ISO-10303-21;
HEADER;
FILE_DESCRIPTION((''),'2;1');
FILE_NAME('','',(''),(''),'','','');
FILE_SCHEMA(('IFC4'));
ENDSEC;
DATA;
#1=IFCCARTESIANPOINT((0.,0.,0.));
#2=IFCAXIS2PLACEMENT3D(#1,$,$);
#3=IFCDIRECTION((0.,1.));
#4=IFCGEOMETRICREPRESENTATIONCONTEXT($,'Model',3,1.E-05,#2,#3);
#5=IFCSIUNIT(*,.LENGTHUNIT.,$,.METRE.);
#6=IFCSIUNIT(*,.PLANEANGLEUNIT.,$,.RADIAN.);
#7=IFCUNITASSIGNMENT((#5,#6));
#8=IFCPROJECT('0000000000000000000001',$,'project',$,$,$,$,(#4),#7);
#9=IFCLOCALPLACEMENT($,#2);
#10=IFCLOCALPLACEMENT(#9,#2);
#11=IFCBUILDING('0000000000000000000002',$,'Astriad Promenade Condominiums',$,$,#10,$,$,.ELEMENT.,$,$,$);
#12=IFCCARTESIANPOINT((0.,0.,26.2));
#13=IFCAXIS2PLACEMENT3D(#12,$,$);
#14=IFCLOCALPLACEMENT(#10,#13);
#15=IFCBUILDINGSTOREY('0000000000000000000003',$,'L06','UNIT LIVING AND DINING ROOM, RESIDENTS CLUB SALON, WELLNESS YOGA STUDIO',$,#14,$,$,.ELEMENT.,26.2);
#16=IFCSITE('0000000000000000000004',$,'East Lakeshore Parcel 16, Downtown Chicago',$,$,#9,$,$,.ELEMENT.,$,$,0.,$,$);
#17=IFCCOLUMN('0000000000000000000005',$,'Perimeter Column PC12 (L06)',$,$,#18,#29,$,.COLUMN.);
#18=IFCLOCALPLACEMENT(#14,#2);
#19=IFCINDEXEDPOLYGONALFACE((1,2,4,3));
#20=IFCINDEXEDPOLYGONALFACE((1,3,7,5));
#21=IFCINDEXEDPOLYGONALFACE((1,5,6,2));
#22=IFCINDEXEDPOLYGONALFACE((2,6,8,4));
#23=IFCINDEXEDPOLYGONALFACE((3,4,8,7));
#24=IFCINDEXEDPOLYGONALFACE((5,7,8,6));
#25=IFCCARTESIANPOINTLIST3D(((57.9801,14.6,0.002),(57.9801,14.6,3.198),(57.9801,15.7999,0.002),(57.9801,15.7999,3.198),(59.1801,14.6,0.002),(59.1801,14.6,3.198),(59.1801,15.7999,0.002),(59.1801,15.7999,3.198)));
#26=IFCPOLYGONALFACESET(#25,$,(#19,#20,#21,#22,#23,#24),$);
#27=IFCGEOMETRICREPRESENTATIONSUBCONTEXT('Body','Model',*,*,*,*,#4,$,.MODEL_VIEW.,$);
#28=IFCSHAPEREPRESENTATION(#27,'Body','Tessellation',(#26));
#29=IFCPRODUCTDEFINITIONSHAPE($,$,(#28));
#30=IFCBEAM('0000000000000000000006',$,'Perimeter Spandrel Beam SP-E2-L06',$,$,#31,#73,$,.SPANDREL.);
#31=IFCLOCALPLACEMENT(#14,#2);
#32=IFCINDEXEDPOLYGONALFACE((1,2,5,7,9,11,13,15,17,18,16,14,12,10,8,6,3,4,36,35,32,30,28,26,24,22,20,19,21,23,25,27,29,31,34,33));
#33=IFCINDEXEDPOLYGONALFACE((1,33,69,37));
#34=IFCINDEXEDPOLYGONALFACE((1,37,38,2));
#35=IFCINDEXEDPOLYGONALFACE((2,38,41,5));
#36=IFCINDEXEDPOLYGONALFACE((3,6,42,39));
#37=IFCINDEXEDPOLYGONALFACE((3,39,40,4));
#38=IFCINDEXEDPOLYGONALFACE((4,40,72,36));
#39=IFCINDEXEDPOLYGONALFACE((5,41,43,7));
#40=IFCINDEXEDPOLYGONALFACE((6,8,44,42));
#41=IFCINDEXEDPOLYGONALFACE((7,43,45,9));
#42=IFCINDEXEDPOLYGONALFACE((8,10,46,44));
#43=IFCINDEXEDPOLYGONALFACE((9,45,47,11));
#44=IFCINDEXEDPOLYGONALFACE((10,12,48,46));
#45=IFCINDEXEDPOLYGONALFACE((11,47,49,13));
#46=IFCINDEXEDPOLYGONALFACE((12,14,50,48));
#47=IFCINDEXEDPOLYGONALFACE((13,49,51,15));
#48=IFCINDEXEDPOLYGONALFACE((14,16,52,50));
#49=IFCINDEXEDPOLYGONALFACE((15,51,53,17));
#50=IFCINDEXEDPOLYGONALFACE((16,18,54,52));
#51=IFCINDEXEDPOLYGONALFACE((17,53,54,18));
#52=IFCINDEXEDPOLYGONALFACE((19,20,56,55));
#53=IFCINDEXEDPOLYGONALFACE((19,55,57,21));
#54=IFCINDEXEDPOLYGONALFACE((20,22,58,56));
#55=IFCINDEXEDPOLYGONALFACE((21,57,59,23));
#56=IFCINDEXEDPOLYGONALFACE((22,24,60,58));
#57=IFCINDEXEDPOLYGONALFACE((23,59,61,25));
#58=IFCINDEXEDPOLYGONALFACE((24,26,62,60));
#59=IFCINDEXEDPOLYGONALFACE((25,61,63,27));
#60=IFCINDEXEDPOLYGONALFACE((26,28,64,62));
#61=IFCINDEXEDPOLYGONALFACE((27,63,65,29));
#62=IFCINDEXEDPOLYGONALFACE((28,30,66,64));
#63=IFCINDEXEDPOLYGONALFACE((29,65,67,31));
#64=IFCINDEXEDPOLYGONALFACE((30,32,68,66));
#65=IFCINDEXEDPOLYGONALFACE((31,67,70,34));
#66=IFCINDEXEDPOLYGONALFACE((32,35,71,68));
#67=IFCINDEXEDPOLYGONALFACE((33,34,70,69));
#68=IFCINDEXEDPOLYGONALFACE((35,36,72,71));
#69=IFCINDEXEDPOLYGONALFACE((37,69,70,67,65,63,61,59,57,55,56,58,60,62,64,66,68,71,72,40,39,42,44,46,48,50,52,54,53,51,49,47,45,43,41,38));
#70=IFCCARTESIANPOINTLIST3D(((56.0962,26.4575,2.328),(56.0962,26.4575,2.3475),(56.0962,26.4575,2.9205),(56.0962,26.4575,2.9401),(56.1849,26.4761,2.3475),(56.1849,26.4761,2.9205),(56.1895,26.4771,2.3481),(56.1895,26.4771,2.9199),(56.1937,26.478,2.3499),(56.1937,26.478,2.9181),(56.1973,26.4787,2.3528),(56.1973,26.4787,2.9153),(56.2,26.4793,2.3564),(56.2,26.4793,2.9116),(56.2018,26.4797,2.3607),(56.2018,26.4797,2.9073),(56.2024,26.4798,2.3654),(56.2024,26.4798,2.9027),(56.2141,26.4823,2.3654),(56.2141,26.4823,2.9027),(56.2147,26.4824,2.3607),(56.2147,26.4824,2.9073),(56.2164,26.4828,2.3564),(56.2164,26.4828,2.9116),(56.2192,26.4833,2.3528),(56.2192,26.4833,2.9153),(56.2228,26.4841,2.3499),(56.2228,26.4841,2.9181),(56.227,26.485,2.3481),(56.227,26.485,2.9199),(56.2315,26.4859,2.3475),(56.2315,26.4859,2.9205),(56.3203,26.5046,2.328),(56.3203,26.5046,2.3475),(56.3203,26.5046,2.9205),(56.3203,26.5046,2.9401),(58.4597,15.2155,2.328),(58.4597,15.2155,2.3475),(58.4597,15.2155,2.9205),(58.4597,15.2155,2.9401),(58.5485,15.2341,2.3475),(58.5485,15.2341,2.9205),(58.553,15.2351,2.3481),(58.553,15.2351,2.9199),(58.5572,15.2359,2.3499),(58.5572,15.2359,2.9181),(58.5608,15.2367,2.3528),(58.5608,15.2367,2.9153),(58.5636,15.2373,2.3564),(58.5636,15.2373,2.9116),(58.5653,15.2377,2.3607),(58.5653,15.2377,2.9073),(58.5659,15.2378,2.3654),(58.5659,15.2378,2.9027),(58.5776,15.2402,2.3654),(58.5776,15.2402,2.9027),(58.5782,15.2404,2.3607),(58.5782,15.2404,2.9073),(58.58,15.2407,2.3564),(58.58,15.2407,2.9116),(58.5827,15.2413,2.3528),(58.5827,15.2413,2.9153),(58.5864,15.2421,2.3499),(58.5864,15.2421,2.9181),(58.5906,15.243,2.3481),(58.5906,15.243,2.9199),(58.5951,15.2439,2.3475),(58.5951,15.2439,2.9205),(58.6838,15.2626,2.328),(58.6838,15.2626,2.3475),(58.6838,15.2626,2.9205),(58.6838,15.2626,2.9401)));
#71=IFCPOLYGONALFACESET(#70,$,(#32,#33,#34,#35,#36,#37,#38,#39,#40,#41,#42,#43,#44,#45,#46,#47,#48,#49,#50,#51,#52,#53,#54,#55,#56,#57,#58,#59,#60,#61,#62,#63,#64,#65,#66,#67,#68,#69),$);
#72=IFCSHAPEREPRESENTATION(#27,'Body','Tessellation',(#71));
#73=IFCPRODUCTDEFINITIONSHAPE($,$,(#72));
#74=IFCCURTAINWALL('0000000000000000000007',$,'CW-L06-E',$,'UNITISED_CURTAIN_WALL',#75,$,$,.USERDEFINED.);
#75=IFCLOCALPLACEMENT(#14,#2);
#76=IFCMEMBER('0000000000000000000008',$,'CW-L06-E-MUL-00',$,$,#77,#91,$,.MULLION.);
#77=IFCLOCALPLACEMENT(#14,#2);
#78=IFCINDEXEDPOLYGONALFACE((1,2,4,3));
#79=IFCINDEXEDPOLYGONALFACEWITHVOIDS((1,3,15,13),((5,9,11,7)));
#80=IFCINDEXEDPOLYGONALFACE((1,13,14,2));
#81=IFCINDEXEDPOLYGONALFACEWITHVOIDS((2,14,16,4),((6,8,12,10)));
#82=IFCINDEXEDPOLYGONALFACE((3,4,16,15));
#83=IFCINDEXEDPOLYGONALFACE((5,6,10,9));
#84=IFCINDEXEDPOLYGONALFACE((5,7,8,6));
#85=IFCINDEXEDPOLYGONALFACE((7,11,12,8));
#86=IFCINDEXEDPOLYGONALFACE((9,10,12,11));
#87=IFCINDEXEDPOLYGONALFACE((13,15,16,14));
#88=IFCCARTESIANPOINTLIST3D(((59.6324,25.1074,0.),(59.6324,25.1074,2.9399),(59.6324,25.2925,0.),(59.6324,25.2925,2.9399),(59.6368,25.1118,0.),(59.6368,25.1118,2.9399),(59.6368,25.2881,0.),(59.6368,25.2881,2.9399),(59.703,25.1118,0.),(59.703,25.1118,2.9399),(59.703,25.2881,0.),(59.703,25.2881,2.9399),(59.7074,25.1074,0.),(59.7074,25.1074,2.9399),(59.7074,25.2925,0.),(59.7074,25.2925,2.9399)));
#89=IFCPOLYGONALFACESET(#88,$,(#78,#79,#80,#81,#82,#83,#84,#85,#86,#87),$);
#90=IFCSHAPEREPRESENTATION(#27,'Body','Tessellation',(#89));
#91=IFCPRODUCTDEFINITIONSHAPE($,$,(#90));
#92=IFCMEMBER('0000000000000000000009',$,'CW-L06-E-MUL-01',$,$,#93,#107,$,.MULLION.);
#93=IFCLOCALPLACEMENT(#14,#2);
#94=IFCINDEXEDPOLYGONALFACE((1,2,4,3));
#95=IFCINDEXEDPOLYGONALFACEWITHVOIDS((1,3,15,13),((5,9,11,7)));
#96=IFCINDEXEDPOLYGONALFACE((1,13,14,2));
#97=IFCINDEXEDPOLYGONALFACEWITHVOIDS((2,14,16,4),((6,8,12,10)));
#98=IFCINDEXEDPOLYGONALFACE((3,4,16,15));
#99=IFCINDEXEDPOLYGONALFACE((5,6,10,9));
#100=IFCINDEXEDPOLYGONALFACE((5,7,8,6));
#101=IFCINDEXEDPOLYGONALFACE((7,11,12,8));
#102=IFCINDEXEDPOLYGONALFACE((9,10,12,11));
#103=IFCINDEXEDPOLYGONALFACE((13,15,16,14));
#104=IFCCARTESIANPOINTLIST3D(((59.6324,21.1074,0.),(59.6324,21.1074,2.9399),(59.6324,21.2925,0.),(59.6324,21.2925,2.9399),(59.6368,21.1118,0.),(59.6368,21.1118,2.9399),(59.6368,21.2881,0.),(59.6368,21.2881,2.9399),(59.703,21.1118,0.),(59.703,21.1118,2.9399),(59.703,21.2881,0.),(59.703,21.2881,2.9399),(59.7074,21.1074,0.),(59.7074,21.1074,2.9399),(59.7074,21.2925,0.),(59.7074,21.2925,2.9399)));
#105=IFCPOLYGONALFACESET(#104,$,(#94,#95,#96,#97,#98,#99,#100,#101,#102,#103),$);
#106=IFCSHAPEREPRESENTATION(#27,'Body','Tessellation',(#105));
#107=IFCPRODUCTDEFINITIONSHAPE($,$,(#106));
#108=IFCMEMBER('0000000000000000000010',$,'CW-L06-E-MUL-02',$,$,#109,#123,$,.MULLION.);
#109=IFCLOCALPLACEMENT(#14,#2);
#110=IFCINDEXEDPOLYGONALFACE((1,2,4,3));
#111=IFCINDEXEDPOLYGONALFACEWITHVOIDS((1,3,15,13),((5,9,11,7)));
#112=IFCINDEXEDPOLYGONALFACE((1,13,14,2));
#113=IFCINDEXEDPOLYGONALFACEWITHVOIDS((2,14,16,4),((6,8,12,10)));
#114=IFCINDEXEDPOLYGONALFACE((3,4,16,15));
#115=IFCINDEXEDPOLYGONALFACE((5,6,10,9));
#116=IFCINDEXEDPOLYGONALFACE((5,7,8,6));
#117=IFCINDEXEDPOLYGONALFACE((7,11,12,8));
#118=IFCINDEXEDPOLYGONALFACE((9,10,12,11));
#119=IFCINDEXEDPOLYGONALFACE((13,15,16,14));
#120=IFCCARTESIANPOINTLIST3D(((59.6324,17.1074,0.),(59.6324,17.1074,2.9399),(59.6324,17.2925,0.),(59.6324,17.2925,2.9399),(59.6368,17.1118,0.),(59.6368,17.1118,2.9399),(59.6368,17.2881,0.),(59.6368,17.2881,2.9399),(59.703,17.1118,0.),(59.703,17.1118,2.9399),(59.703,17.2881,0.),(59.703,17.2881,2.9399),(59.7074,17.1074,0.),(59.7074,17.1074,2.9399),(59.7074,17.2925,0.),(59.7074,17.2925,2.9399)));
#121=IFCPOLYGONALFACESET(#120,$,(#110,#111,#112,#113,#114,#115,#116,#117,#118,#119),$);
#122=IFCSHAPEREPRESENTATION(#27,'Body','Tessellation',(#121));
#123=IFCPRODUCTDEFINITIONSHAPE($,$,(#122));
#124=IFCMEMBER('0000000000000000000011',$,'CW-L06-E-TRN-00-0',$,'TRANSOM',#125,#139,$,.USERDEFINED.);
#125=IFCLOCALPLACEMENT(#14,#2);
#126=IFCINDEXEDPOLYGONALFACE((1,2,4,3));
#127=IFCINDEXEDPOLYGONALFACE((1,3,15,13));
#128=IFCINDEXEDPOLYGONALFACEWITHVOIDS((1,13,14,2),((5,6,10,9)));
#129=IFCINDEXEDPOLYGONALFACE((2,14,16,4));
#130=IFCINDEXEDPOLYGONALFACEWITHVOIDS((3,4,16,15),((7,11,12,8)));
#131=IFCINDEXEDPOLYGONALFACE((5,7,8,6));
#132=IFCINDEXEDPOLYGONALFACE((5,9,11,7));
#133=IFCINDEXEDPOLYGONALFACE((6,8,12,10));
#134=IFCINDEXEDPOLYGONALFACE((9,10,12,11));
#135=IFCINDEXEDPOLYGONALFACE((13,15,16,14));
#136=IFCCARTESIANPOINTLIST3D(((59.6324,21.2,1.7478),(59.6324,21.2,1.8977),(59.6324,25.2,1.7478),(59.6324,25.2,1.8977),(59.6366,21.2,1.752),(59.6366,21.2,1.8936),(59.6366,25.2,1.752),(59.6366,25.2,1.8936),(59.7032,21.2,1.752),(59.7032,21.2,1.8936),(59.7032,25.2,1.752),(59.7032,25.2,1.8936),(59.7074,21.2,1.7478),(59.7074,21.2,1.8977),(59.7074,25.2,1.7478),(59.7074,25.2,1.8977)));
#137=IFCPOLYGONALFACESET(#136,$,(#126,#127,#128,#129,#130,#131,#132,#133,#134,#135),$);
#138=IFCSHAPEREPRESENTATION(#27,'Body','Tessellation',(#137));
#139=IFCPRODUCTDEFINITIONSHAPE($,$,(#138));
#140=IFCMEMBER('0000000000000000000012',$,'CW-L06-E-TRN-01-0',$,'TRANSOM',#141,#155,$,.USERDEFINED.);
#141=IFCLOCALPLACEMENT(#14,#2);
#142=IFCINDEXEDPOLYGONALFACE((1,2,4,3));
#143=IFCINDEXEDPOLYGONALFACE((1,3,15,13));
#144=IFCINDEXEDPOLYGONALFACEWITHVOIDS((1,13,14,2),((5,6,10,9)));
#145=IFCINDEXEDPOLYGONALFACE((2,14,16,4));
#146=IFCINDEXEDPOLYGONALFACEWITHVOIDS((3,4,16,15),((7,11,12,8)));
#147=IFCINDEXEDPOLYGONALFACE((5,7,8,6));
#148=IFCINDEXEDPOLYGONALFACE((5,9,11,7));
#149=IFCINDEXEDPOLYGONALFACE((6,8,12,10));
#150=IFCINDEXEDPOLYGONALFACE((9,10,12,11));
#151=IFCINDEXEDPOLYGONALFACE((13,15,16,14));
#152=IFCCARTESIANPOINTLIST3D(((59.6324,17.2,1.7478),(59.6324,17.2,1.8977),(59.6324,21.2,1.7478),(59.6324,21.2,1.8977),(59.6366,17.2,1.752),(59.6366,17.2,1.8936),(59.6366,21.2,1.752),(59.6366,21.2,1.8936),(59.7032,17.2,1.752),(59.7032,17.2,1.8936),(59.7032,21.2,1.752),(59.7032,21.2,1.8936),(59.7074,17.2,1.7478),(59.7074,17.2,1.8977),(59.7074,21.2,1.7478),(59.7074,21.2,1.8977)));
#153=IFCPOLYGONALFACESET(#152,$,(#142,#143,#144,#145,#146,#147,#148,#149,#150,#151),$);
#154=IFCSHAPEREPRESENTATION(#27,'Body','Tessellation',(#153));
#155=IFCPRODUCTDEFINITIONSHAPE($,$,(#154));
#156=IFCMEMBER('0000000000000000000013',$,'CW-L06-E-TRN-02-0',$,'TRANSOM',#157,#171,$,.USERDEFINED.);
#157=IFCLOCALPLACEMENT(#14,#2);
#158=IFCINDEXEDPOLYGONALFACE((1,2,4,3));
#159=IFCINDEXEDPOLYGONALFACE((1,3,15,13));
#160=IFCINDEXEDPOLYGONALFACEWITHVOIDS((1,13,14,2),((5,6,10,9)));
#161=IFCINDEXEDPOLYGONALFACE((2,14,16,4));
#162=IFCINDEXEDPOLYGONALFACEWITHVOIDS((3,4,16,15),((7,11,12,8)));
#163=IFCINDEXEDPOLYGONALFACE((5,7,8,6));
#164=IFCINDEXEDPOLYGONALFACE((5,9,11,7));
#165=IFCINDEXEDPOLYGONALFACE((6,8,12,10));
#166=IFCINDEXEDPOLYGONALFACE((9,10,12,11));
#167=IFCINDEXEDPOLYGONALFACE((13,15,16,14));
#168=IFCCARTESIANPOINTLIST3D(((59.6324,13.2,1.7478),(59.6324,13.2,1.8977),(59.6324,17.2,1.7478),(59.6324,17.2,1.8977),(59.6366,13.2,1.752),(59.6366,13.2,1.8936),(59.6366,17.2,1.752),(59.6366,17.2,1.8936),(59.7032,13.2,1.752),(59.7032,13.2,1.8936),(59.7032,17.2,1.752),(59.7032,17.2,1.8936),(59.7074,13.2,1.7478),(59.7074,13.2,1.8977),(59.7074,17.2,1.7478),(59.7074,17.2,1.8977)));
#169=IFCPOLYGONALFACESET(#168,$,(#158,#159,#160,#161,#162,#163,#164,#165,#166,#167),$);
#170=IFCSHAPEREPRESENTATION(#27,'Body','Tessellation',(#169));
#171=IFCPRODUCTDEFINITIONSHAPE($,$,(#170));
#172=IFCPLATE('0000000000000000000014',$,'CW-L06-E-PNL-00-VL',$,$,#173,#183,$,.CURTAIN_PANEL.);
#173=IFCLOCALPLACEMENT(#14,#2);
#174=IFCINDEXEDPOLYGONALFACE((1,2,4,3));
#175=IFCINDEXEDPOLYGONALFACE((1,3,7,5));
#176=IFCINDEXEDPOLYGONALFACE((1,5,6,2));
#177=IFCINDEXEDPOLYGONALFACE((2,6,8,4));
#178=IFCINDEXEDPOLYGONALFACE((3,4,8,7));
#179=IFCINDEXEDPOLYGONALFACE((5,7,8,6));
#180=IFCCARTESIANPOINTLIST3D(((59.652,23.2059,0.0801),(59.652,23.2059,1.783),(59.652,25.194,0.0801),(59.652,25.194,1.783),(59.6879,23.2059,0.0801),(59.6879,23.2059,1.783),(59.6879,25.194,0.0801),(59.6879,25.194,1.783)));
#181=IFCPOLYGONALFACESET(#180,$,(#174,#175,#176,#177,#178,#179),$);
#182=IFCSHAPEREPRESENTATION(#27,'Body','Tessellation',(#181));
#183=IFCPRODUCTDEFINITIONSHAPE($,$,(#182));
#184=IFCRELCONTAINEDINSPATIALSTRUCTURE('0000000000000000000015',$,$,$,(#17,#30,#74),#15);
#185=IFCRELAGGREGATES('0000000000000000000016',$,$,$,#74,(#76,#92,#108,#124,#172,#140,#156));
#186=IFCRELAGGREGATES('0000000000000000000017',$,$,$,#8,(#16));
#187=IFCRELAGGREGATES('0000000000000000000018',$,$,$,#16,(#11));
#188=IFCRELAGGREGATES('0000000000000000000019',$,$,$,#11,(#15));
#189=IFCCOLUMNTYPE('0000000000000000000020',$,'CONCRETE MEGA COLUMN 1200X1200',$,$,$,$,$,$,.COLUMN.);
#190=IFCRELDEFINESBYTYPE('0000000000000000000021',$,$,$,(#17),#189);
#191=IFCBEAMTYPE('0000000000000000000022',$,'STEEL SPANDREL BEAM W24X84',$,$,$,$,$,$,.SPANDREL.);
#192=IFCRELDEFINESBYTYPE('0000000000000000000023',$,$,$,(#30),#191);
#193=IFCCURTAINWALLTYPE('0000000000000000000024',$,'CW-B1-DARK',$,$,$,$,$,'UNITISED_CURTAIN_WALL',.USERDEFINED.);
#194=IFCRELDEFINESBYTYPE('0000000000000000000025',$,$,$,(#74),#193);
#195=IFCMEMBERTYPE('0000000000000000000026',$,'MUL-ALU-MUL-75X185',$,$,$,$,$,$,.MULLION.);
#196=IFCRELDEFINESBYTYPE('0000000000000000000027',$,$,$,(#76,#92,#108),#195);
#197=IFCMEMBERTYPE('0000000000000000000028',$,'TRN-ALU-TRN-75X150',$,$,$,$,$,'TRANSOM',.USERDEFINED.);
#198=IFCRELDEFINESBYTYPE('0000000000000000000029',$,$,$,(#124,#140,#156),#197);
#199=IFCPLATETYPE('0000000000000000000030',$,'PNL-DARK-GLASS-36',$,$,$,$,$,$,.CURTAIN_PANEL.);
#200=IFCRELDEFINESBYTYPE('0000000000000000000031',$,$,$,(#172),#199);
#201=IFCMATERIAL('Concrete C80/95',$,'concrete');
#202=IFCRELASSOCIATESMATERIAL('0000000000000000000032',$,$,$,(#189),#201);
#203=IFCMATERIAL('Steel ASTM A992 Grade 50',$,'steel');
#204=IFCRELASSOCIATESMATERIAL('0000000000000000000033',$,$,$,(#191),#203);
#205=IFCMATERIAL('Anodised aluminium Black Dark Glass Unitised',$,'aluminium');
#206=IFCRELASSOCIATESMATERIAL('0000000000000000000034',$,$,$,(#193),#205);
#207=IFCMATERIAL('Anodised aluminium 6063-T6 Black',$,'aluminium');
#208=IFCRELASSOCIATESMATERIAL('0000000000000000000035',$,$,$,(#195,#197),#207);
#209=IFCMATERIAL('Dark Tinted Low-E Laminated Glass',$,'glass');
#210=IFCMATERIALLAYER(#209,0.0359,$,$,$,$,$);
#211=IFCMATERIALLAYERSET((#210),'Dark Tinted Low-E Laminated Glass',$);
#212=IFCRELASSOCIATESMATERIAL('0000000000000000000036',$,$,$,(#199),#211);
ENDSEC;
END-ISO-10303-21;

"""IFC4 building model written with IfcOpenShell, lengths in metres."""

from ifc_helpers import new_model, si_unit, direction, frame, origin, origin_2d, place, context, subcontext, project, spatial, rectangle, hollow_rectangle, i_section, extrude, source, transform, mapped, material, layer, layer_set, material_profile, profile_set, type_object, type_shapes, element, aggregate, save


model = new_model("IFC4")

# Units and contexts
model_context = context("Model", 3, precision=1e-05, world=origin(), true_north=direction((0.0, 1.0)))
body_context = subcontext(model_context, "Body", "Model", "MODEL_VIEW")
ifc_project = project(units=[si_unit("LENGTHUNIT", "METRE"), si_unit("PLANEANGLEUNIT", "RADIAN")], contexts=[model_context])

# Site, building, storey
site_placement = place(None, origin())
site = spatial("IfcSite", under=ifc_project, at=site_placement, Name="East Lakeshore Parcel 16, Downtown Chicago", CompositionType="ELEMENT", RefElevation=0.0)
building_placement = place(site_placement, origin())
building = spatial("IfcBuilding", under=site, at=building_placement, Name="Astriad Promenade Condominiums", CompositionType="ELEMENT")
storey_placement = place(building_placement, frame((0.0, 0.0, 26.2)))
storey = spatial("IfcBuildingStorey", under=building, at=storey_placement, Name="L06", Description="UNIT LIVING AND DINING ROOM, RESIDENTS CLUB SALON, WELLNESS YOGA STUDIO", CompositionType="ELEMENT", Elevation=26.2)

# Column
ifc_material_1 = material(Name="Concrete C80/95", Category="concrete")
ifc_material_profile_1 = material_profile(ifc_material_1, rectangle(XDim=1.2, YDim=1.2, at=origin_2d()), Name="RC-COL-1200X1200")
ifc_profile_set_1 = profile_set([ifc_material_profile_1], Name="Concrete C80/95")
column_type = type_object("IfcColumnType", Name="CONCRETE MEGA COLUMN 1200X1200", PredefinedType="COLUMN", material=ifc_profile_set_1)
shared_shape_1 = source(origin(), body_context, "Body", "SweptSolid", [
    extrude(rectangle(XDim=1.2, YDim=1.2, at=origin_2d()), origin(), (0.0, 0.0, 1.0), 3.196),
])
type_shapes(column_type, [shared_shape_1])
column_placement = place(storey_placement, frame((58.5801, 15.2, 0.002), z_axis=(0.0, 0.0, 1.0), x_axis=(1.0, 0.0, 0.0)))
element("IfcColumn", 1, at=column_placement, inside=storey, type_object=column_type, Name="Perimeter Column PC12 (L06)", PredefinedType="COLUMN", context=body_context, shape_type="MappedRepresentation", body=[
    mapped(shared_shape_1, transform((0.0, 0.0, 0.0), scale=1.0)),
])

# Beam
ifc_material_2 = material(Name="Steel ASTM A992 Grade 50", Category="steel")
ifc_material_profile_2 = material_profile(ifc_material_2, i_section(OverallWidth=0.229, OverallDepth=0.6121, WebThickness=0.012, FlangeThickness=0.0195, FilletRadius=0.0178, at=origin_2d()), Name="W24X84")
ifc_profile_set_2 = profile_set([ifc_material_profile_2], Name="Steel ASTM A992 Grade 50")
beam_type = type_object("IfcBeamType", Name="STEEL SPANDREL BEAM W24X84", PredefinedType="SPANDREL", material=ifc_profile_set_2)
shared_shape_2 = source(origin(), body_context, "Body", "SweptSolid", [
    extrude(i_section(OverallWidth=0.229, OverallDepth=0.6121, WebThickness=0.012, FlangeThickness=0.0195, FilletRadius=0.0178, at=origin_2d()), origin(), (0.0, 0.0, 1.0), 11.4878),
])
type_shapes(beam_type, [shared_shape_2])
beam_placement = place(storey_placement, frame((58.5718, 15.239, 2.634), z_axis=(-0.205744, 0.978606, 0.0), x_axis=(-0.978606, -0.205744, 0.0)))
element("IfcBeam", 2, at=beam_placement, inside=storey, type_object=beam_type, Name="Perimeter Spandrel Beam SP-E2-L06", PredefinedType="SPANDREL", context=body_context, shape_type="MappedRepresentation", body=[
    mapped(shared_shape_2, transform((0.0, 0.0, 0.0), scale=1.0)),
])

# Curtain wall, members, plate
ifc_material_3 = material(Name="Anodised aluminium Black Dark Glass Unitised", Category="aluminium")
curtain_wall_type = type_object("IfcCurtainWallType", Name="CW-B1-DARK", ElementType="UNITISED_CURTAIN_WALL", PredefinedType="USERDEFINED", material=ifc_material_3)
curtain_wall_placement = place(storey_placement, origin())
curtain_wall = element("IfcCurtainWall", 3, at=curtain_wall_placement, inside=storey, type_object=curtain_wall_type, Name="CW-L06-E", ObjectType="UNITISED_CURTAIN_WALL", PredefinedType="USERDEFINED")
ifc_material_4 = material(Name="Anodised aluminium 6063-T6 Black", Category="aluminium")
ifc_material_profile_3 = material_profile(ifc_material_4, hollow_rectangle(XDim=0.075, YDim=0.1851, WallThickness=0.0044, at=origin_2d()), Name="ALU-MUL-75X185")
ifc_profile_set_3 = profile_set([ifc_material_profile_3], Name="Anodised aluminium 6063-T6 Black")
member_type_1 = type_object("IfcMemberType", Name="MUL-ALU-MUL-75X185", PredefinedType="MULLION", material=ifc_profile_set_3)
shared_shape_3 = source(origin(), body_context, "Body", "SweptSolid", [
    extrude(hollow_rectangle(XDim=0.075, YDim=0.1851, WallThickness=0.0044, at=origin_2d()), origin(), (0.0, 0.0, 1.0), 2.9399),
])
type_shapes(member_type_1, [shared_shape_3])
member_1_placement = place(storey_placement, frame((59.6699, 25.2, 0.0), z_axis=(0.0, 0.0, 1.0), x_axis=(1.0, 0.0, 0.0)))
member_1 = element("IfcMember", 4, at=member_1_placement, type_object=member_type_1, Name="CW-L06-E-MUL-00", PredefinedType="MULLION", context=body_context, shape_type="MappedRepresentation", body=[
    mapped(shared_shape_3, transform((0.0, 0.0, 0.0), scale=1.0)),
])
member_2_placement = place(storey_placement, frame((59.6699, 21.2, 0.0), z_axis=(0.0, 0.0, 1.0), x_axis=(1.0, 0.0, 0.0)))
member_2 = element("IfcMember", 5, at=member_2_placement, type_object=member_type_1, Name="CW-L06-E-MUL-01", PredefinedType="MULLION", context=body_context, shape_type="MappedRepresentation", body=[
    mapped(shared_shape_3, transform((0.0, 0.0, 0.0), scale=1.0)),
])
member_3_placement = place(storey_placement, frame((59.6699, 17.2, 0.0), z_axis=(0.0, 0.0, 1.0), x_axis=(1.0, 0.0, 0.0)))
member_3 = element("IfcMember", 6, at=member_3_placement, type_object=member_type_1, Name="CW-L06-E-MUL-02", PredefinedType="MULLION", context=body_context, shape_type="MappedRepresentation", body=[
    mapped(shared_shape_3, transform((0.0, 0.0, 0.0), scale=1.0)),
])
ifc_material_profile_4 = material_profile(ifc_material_4, hollow_rectangle(XDim=0.075, YDim=0.1499, WallThickness=0.0042, at=origin_2d()), Name="ALU-TRN-75X150")
ifc_profile_set_4 = profile_set([ifc_material_profile_4], Name="Anodised aluminium 6063-T6 Black")
member_type_2 = type_object("IfcMemberType", Name="TRN-ALU-TRN-75X150", ElementType="TRANSOM", PredefinedType="USERDEFINED", material=ifc_profile_set_4)
shared_shape_4 = source(origin(), body_context, "Body", "SweptSolid", [
    extrude(hollow_rectangle(XDim=0.075, YDim=0.1499, WallThickness=0.0042, at=origin_2d()), origin(), (0.0, 0.0, 1.0), 4.0),
])
type_shapes(member_type_2, [shared_shape_4])
member_4_placement = place(storey_placement, frame((59.6699, 25.2, 1.8228), z_axis=(0.0, -1.0, 0.0), x_axis=(1.0, 0.0, 0.0)))
member_4 = element("IfcMember", 7, at=member_4_placement, type_object=member_type_2, Name="CW-L06-E-TRN-00-0", ObjectType="TRANSOM", PredefinedType="USERDEFINED", context=body_context, shape_type="MappedRepresentation", body=[
    mapped(shared_shape_4, transform((0.0, 0.0, 0.0), scale=1.0)),
])
member_5_placement = place(storey_placement, frame((59.6699, 21.2, 1.8228), z_axis=(0.0, -1.0, 0.0), x_axis=(1.0, 0.0, 0.0)))
member_5 = element("IfcMember", 8, at=member_5_placement, type_object=member_type_2, Name="CW-L06-E-TRN-01-0", ObjectType="TRANSOM", PredefinedType="USERDEFINED", context=body_context, shape_type="MappedRepresentation", body=[
    mapped(shared_shape_4, transform((0.0, 0.0, 0.0), scale=1.0)),
])
member_6_placement = place(storey_placement, frame((59.6699, 17.2, 1.8228), z_axis=(0.0, -1.0, 0.0), x_axis=(1.0, 0.0, 0.0)))
member_6 = element("IfcMember", 9, at=member_6_placement, type_object=member_type_2, Name="CW-L06-E-TRN-02-0", ObjectType="TRANSOM", PredefinedType="USERDEFINED", context=body_context, shape_type="MappedRepresentation", body=[
    mapped(shared_shape_4, transform((0.0, 0.0, 0.0), scale=1.0)),
])
ifc_material_5 = material(Name="Dark Tinted Low-E Laminated Glass", Category="glass")
ifc_layer_1 = layer(ifc_material_5, 0.0359)
ifc_layer_set_1 = layer_set([ifc_layer_1], Name="Dark Tinted Low-E Laminated Glass")
plate_type = type_object("IfcPlateType", Name="PNL-DARK-GLASS-36", PredefinedType="CURTAIN_PANEL", material=ifc_layer_set_1)
shared_shape_5 = source(origin(), body_context, "Body", "SweptSolid", [
    extrude(rectangle(XDim=1.988, YDim=0.0359, at=origin_2d()), origin(), (0.0, 0.0, 1.0), 1.7029),
])
plate_1_placement = place(storey_placement, frame((59.6699, 24.2, 0.0801), z_axis=(0.0, 0.0, 1.0), x_axis=(0.0, -1.0, 0.0)))
plate_1 = element("IfcPlate", 10, at=plate_1_placement, type_object=plate_type, Name="CW-L06-E-PNL-00-VL", PredefinedType="CURTAIN_PANEL", context=body_context, shape_type="MappedRepresentation", body=[
    mapped(shared_shape_5, transform((0.0, 0.0, 0.0), scale=1.0)),
])
aggregate(curtain_wall, [member_1, member_2, member_3, member_4, plate_1, member_5, member_6])

save(model, "model.ifc")
